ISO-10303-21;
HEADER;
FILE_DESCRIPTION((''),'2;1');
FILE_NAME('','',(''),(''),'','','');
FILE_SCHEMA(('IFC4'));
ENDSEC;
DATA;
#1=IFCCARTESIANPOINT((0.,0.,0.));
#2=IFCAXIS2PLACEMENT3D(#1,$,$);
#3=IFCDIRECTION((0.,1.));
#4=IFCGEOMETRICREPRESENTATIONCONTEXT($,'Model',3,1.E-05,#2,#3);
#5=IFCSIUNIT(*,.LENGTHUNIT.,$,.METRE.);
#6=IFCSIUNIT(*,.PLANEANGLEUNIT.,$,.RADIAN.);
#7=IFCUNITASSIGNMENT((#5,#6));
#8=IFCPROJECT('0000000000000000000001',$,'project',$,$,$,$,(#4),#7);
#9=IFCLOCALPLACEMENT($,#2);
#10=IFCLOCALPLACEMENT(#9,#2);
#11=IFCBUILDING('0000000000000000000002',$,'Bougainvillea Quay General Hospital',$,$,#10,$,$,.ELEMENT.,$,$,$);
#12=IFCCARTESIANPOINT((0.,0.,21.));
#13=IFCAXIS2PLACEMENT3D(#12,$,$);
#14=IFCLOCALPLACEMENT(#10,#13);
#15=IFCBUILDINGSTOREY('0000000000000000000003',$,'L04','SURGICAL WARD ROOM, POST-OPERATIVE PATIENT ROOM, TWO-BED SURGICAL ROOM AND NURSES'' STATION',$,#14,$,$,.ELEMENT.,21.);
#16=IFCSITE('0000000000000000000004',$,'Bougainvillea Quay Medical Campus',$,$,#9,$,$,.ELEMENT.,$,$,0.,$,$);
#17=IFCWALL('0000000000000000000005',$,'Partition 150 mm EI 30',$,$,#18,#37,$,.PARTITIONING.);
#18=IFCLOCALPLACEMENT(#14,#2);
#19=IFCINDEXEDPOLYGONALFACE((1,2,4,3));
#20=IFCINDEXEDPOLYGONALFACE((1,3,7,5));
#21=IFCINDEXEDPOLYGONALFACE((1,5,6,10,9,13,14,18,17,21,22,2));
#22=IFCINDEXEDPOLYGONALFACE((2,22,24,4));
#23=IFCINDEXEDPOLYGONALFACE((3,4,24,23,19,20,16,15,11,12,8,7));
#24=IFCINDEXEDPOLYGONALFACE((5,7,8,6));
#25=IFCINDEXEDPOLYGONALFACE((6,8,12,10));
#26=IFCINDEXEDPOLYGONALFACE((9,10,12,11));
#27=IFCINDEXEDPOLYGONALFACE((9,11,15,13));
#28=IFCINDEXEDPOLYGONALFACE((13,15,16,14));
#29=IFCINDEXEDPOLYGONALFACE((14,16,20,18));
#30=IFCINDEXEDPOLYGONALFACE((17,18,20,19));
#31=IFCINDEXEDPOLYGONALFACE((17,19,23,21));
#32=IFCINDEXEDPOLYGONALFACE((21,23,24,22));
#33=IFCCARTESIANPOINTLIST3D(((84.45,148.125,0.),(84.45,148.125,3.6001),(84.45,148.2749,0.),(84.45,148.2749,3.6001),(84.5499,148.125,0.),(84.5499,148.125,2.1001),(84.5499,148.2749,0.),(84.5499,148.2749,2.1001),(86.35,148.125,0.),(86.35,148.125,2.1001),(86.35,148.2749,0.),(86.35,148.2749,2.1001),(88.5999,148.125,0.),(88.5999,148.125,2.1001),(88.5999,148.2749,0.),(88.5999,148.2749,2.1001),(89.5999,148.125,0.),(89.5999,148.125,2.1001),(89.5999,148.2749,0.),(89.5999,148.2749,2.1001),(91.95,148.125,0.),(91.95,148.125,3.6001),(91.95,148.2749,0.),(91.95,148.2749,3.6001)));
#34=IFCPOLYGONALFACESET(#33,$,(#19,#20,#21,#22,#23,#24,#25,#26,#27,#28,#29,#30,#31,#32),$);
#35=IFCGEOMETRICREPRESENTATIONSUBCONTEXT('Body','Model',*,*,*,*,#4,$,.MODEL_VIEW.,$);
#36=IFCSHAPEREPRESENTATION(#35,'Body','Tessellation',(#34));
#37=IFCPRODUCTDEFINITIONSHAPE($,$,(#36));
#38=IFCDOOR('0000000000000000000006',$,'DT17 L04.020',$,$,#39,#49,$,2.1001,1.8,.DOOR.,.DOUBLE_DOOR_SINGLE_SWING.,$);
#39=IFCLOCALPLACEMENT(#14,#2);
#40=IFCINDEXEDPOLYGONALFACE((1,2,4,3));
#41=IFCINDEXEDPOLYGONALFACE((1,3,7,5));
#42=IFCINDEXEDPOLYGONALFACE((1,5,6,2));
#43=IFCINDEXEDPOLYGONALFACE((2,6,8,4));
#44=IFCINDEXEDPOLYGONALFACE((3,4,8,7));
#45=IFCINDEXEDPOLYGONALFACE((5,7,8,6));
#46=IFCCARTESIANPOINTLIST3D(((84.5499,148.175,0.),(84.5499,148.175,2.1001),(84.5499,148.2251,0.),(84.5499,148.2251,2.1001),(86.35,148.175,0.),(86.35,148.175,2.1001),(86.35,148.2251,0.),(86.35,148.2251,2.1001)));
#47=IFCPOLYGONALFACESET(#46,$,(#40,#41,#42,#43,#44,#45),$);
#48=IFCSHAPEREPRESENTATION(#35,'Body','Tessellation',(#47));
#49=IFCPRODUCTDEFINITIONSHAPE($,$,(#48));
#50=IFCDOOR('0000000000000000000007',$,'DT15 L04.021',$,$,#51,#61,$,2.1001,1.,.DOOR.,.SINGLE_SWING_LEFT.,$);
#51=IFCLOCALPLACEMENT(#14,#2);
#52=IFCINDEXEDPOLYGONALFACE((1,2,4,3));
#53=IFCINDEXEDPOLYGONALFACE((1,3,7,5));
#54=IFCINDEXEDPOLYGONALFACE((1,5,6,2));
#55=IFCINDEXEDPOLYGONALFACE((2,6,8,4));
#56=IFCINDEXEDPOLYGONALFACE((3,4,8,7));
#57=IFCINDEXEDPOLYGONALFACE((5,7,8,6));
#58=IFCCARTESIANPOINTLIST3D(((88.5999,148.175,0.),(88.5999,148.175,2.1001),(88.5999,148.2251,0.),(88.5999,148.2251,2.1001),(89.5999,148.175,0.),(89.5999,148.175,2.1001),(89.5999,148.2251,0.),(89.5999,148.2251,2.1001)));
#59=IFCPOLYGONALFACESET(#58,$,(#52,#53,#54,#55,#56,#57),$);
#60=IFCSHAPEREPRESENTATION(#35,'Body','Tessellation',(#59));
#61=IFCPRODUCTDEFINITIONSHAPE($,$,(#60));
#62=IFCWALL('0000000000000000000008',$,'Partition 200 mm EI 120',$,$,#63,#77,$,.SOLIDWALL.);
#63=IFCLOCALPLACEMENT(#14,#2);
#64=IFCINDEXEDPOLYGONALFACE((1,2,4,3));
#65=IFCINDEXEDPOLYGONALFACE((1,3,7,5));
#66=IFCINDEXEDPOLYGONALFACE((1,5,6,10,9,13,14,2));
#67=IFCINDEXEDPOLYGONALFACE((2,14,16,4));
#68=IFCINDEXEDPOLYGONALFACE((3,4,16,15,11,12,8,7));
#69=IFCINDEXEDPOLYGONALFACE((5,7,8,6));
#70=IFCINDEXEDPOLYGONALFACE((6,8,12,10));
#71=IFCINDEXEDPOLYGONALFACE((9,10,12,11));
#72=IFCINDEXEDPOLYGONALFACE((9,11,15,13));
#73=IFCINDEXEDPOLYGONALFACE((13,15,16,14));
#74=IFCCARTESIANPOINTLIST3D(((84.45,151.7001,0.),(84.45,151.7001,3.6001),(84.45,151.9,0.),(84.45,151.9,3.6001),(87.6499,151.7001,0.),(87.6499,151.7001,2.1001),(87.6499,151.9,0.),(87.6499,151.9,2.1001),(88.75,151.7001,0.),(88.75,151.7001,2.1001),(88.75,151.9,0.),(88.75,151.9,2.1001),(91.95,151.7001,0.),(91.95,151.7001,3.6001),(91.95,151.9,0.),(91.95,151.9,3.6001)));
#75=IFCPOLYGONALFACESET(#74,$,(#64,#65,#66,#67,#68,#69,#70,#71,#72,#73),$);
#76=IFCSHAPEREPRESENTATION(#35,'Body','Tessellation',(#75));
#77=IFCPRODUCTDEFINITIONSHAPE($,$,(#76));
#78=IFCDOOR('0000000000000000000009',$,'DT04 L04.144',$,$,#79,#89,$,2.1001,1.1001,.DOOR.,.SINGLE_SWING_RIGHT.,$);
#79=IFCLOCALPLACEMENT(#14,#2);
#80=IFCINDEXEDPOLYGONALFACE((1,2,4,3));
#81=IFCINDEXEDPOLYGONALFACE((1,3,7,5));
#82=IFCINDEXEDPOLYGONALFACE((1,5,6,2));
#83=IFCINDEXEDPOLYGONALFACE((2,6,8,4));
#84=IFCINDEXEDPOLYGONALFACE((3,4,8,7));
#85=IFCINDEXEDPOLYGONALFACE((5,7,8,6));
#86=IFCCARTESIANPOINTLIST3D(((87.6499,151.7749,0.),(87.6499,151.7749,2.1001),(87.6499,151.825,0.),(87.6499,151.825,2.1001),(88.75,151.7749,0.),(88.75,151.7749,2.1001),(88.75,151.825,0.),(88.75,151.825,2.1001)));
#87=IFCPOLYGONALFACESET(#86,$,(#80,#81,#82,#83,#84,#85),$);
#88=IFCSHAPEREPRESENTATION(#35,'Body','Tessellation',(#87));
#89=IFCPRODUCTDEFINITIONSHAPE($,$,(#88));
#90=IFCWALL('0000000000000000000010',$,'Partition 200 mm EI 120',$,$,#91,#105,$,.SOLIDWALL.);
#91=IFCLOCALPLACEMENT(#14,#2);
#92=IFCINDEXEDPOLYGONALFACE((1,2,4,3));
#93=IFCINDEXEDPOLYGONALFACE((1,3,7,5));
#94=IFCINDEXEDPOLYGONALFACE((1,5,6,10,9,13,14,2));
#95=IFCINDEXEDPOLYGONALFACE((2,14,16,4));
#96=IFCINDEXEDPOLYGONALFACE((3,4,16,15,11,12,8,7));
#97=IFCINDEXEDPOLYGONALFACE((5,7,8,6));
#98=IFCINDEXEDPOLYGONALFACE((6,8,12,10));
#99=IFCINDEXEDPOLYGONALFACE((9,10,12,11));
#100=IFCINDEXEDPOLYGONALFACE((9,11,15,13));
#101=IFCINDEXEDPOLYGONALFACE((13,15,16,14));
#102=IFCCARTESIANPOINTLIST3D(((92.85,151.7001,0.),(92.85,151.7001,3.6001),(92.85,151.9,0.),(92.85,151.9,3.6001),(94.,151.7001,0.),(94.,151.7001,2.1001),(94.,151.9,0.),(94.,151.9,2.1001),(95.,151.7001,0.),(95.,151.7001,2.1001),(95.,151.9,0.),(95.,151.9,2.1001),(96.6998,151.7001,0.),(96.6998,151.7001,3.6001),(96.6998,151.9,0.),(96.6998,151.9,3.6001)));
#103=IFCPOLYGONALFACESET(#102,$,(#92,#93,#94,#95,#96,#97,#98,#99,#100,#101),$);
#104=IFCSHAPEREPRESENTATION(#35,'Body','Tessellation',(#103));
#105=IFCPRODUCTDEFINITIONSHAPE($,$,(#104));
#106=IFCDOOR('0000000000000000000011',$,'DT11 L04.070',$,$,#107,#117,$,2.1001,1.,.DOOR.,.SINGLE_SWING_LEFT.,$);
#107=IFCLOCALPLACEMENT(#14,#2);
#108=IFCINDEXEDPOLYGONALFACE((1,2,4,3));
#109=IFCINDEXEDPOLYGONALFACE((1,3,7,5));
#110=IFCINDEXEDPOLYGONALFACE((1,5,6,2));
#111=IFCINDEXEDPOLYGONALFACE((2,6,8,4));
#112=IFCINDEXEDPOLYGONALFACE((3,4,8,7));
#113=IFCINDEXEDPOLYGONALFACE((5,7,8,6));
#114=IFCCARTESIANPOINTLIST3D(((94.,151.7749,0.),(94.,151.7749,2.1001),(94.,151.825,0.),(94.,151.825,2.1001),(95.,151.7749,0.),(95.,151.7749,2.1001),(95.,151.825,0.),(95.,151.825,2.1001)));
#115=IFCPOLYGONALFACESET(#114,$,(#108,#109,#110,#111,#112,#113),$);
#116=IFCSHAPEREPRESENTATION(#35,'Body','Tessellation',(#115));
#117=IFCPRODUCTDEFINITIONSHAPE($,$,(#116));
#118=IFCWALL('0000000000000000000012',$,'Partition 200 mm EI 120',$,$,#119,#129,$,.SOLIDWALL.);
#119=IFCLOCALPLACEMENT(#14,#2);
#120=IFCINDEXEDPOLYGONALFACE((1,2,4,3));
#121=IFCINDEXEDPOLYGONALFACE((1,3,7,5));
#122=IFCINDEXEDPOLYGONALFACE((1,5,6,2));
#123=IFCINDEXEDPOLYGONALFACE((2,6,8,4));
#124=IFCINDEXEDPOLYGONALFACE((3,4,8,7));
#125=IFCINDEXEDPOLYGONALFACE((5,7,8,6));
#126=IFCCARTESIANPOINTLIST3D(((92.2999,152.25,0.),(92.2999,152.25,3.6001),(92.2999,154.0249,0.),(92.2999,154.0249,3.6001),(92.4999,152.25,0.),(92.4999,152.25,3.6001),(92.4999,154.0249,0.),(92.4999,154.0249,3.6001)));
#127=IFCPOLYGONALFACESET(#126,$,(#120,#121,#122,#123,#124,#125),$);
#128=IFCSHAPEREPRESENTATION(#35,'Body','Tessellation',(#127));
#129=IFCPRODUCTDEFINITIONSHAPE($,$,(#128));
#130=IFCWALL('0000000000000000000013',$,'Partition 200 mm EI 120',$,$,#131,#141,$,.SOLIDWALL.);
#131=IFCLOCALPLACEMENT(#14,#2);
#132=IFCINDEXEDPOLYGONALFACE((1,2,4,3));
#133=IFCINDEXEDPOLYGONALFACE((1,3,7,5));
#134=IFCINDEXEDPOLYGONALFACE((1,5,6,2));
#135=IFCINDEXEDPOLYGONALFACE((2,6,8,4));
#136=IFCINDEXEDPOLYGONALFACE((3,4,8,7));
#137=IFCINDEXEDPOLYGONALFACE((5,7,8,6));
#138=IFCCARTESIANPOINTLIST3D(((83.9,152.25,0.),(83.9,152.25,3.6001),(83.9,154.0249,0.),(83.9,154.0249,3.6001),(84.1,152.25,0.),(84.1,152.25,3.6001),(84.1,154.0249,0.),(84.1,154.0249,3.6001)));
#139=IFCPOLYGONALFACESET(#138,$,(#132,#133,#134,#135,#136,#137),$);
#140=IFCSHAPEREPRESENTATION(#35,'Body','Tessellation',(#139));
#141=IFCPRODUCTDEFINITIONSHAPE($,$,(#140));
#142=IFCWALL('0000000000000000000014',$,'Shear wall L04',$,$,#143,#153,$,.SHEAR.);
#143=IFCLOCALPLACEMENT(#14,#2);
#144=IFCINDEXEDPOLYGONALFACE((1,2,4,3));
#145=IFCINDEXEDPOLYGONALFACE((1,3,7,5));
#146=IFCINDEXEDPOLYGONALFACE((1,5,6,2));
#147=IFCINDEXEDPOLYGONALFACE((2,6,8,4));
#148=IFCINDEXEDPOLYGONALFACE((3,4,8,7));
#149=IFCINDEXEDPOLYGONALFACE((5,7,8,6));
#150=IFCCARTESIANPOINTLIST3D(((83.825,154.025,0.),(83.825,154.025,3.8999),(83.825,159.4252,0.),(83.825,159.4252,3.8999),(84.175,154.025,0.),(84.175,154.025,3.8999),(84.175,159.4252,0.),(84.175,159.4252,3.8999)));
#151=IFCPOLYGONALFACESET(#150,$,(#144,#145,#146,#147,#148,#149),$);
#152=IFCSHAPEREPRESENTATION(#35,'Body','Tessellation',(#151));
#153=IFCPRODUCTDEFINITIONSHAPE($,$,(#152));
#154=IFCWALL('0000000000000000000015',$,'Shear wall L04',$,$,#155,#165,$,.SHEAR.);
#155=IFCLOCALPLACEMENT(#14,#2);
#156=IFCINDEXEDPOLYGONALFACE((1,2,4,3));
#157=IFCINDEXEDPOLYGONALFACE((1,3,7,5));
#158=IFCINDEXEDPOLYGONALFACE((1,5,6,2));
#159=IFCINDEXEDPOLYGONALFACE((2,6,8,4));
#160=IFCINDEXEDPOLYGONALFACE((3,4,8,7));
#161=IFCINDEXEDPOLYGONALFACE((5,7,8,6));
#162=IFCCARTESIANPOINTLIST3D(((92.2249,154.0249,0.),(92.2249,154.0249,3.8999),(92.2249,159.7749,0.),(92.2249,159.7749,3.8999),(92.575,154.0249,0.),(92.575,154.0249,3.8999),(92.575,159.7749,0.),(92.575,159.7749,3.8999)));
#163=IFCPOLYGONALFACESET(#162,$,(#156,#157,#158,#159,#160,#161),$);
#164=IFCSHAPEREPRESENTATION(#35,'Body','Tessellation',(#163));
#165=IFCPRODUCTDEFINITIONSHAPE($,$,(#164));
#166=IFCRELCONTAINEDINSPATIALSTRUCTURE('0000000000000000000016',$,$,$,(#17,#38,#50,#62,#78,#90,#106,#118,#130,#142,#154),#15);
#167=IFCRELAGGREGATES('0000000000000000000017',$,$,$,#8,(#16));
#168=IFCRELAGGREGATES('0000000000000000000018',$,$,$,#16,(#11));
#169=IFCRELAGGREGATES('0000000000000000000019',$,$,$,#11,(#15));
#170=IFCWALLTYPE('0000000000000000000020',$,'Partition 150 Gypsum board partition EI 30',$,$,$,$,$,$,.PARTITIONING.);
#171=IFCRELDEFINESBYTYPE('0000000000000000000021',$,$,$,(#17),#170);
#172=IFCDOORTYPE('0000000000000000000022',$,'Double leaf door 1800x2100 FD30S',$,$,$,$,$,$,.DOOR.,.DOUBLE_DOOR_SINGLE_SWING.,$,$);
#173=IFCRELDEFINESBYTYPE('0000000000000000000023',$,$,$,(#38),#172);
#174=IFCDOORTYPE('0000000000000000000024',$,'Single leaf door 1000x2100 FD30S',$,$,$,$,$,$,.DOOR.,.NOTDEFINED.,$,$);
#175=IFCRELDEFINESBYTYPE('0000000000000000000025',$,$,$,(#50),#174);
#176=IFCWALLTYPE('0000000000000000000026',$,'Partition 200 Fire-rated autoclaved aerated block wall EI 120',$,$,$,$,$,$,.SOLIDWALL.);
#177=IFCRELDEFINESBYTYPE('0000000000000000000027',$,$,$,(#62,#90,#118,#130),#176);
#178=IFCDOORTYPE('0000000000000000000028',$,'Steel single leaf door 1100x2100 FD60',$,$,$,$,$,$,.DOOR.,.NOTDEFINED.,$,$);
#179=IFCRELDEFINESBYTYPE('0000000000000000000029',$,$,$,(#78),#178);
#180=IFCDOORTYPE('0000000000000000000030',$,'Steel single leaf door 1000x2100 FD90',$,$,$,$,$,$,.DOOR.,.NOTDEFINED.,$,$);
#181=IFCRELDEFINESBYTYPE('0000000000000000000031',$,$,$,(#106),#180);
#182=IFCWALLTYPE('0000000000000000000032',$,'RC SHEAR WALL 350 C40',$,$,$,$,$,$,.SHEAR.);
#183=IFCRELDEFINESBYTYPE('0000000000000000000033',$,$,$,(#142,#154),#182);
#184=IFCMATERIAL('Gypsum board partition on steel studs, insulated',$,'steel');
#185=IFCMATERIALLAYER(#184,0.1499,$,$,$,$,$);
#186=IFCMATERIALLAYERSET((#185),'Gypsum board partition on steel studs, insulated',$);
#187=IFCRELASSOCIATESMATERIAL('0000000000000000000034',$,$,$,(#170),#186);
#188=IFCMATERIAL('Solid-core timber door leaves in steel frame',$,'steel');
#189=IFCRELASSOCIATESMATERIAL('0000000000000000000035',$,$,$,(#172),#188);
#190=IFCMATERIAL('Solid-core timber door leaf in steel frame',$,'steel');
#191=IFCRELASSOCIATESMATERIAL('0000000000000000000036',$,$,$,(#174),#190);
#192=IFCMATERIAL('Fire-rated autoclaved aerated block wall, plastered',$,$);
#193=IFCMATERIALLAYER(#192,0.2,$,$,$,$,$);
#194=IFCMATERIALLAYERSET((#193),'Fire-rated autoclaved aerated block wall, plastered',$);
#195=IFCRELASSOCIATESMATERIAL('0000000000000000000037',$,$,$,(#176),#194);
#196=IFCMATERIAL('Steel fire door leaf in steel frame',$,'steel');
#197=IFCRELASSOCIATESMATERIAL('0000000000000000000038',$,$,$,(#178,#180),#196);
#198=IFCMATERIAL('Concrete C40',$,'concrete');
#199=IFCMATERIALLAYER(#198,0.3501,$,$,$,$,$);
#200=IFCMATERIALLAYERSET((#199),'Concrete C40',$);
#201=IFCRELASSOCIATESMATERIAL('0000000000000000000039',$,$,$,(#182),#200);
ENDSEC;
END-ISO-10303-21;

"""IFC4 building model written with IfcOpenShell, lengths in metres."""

from ifc_helpers import new_model, si_unit, direction, frame, frame_2d, origin, place, context, subcontext, project, spatial, rectangle, extrude, material, layer, layer_set, type_object, element, fill, save


model = new_model("IFC4")

# Units and contexts
model_context = context("Model", 3, precision=1e-05, world=origin(), true_north=direction((0.0, 1.0)))
body_context = subcontext(model_context, "Body", "Model", "MODEL_VIEW")
ifc_project = project(units=[si_unit("LENGTHUNIT", "METRE"), si_unit("PLANEANGLEUNIT", "RADIAN")], contexts=[model_context])

# Site, building, storey
site_placement = place(None, origin())
site = spatial("IfcSite", under=ifc_project, at=site_placement, Name="Bougainvillea Quay Medical Campus", CompositionType="ELEMENT", RefElevation=0.0)
building_placement = place(site_placement, origin())
building = spatial("IfcBuilding", under=site, at=building_placement, Name="Bougainvillea Quay General Hospital", CompositionType="ELEMENT")
storey_placement = place(building_placement, frame((0.0, 0.0, 21.0)))
storey = spatial("IfcBuildingStorey", under=building, at=storey_placement, Name="L04", Description="SURGICAL WARD ROOM, POST-OPERATIVE PATIENT ROOM, TWO-BED SURGICAL ROOM AND NURSES' STATION", CompositionType="ELEMENT", Elevation=21.0)

# Shared definitions
ifc_material_1 = material(Name="Concrete C40", Category="concrete")

# Shared definitions
ifc_material_2 = material(Name="Gypsum board partition on steel studs, insulated", Category="steel")

# Shared definitions
ifc_material_3 = material(Name="Solid-core timber door leaf in steel frame", Category="steel")

# Wall, openings, doors
ifc_layer_1 = layer(ifc_material_2, 0.1499)
ifc_layer_set_1 = layer_set([ifc_layer_1], Name="Gypsum board partition on steel studs, insulated")
wall_type_1 = type_object("IfcWallType", Name="Partition 150 Gypsum board partition EI 30", PredefinedType="PARTITIONING", material=ifc_layer_set_1)
wall_1_placement = place(storey_placement, frame((91.95, 148.2, 0.0), z_axis=(0.0, 0.0, 1.0), x_axis=(-1.0, 0.0, 0.0)))
wall_1 = element("IfcWall", 1, at=wall_1_placement, inside=storey, type_object=wall_type_1, Name="Partition 150 mm EI 30", PredefinedType="PARTITIONING", context=body_context, shape_type="SweptSolid", body=[
    extrude(rectangle(XDim=7.5, YDim=0.1499, at=frame_2d((3.75, 0.0))), origin(), (0.0, 0.0, 1.0), 3.6001),
])
opening_1_placement = place(wall_1_placement, frame((5.6001, 0.0, 0.0)))
opening_1 = element("IfcOpeningElement", 2, at=opening_1_placement, cuts=wall_1, PredefinedType="OPENING", context=body_context, shape_type="SweptSolid", body=[
    extrude(rectangle(XDim=1.8, YDim=2.1001, at=frame_2d((0.8999, 1.05))), frame((0.0, 0.085, 0.0), z_axis=(0.0, -1.0, 0.0), x_axis=(1.0, 0.0, 0.0)), (0.0, 0.0, 1.0), 0.1699),
])
opening_2_placement = place(wall_1_placement, frame((2.3501, 0.0, 0.0)))
opening_2 = element("IfcOpeningElement", 3, at=opening_2_placement, cuts=wall_1, PredefinedType="OPENING", context=body_context, shape_type="SweptSolid", body=[
    extrude(rectangle(XDim=1.0, YDim=2.1001, at=frame_2d((0.5, 1.05))), frame((0.0, 0.085, 0.0), z_axis=(0.0, -1.0, 0.0), x_axis=(1.0, 0.0, 0.0)), (0.0, 0.0, 1.0), 0.1699),
])
ifc_material_4 = material(Name="Solid-core timber door leaves in steel frame", Category="steel")
door_type_1 = type_object("IfcDoorType", Name="Double leaf door 1800x2100 FD30S", OperationType="DOUBLE_DOOR_SINGLE_SWING", PredefinedType="DOOR", material=ifc_material_4)
door_1_placement = place(opening_1_placement, origin())
door_1 = element("IfcDoor", 4, at=door_1_placement, inside=storey, type_object=door_type_1, Name="DT17 L04.020", OperationType="DOUBLE_DOOR_SINGLE_SWING", OverallHeight=2.1001, OverallWidth=1.8, PredefinedType="DOOR", context=body_context, shape_type="SweptSolid", body=[
    extrude(rectangle(XDim=1.8, YDim=2.1001, at=frame_2d((0.8999, 1.05))), frame((0.0, 0.0249, 0.0), z_axis=(0.0, -1.0, 0.0), x_axis=(1.0, 0.0, 0.0)), (0.0, 0.0, 1.0), 0.05),
])
fill(opening_1, door_1)
door_type_2 = type_object("IfcDoorType", Name="Single leaf door 1000x2100 FD30S", OperationType="NOTDEFINED", PredefinedType="DOOR", material=ifc_material_3)
door_2_placement = place(opening_2_placement, origin())
door_2 = element("IfcDoor", 5, at=door_2_placement, inside=storey, type_object=door_type_2, Name="DT15 L04.021", OperationType="SINGLE_SWING_LEFT", OverallHeight=2.1001, OverallWidth=1.0, PredefinedType="DOOR", context=body_context, shape_type="SweptSolid", body=[
    extrude(rectangle(XDim=1.0, YDim=2.1001, at=frame_2d((0.5, 1.05))), frame((0.0, 0.0249, 0.0), z_axis=(0.0, -1.0, 0.0), x_axis=(1.0, 0.0, 0.0)), (0.0, 0.0, 1.0), 0.05),
])
fill(opening_2, door_2)

# Walls, openings, doors
ifc_material_5 = material(Name="Fire-rated autoclaved aerated block wall, plastered")
ifc_layer_2 = layer(ifc_material_5, 0.2)
ifc_layer_set_2 = layer_set([ifc_layer_2], Name="Fire-rated autoclaved aerated block wall, plastered")
wall_type_2 = type_object("IfcWallType", Name="Partition 200 Fire-rated autoclaved aerated block wall EI 120", PredefinedType="SOLIDWALL", material=ifc_layer_set_2)
wall_2_placement = place(storey_placement, frame((84.45, 151.8, 0.0), z_axis=(0.0, 0.0, 1.0), x_axis=(1.0, 0.0, 0.0)))
wall_2 = element("IfcWall", 6, at=wall_2_placement, inside=storey, type_object=wall_type_2, Name="Partition 200 mm EI 120", PredefinedType="SOLIDWALL", context=body_context, shape_type="SweptSolid", body=[
    extrude(rectangle(XDim=7.5, YDim=0.2, at=frame_2d((3.75, 0.0))), origin(), (0.0, 0.0, 1.0), 3.6001),
])
opening_3_placement = place(wall_2_placement, frame((3.2, 0.0, 0.0)))
opening_3 = element("IfcOpeningElement", 7, at=opening_3_placement, cuts=wall_2, PredefinedType="OPENING", context=body_context, shape_type="SweptSolid", body=[
    extrude(rectangle(XDim=1.1001, YDim=2.1001, at=frame_2d((0.55, 1.05))), frame((0.0, 0.1099, 0.0), z_axis=(0.0, -1.0, 0.0), x_axis=(1.0, 0.0, 0.0)), (0.0, 0.0, 1.0), 0.22),
])
ifc_material_6 = material(Name="Steel fire door leaf in steel frame", Category="steel")
door_type_3 = type_object("IfcDoorType", Name="Steel single leaf door 1100x2100 FD60", OperationType="NOTDEFINED", PredefinedType="DOOR", material=ifc_material_6)
door_3_placement = place(opening_3_placement, origin())
door_3 = element("IfcDoor", 8, at=door_3_placement, inside=storey, type_object=door_type_3, Name="DT04 L04.144", OperationType="SINGLE_SWING_RIGHT", OverallHeight=2.1001, OverallWidth=1.1001, PredefinedType="DOOR", context=body_context, shape_type="SweptSolid", body=[
    extrude(rectangle(XDim=1.1001, YDim=2.1001, at=frame_2d((0.55, 1.05))), frame((0.0, 0.0249, 0.0), z_axis=(0.0, -1.0, 0.0), x_axis=(1.0, 0.0, 0.0)), (0.0, 0.0, 1.0), 0.05),
])
fill(opening_3, door_3)
wall_3_placement = place(storey_placement, frame((92.8501, 151.8, 0.0), z_axis=(0.0, 0.0, 1.0), x_axis=(1.0, 0.0, 0.0)))
wall_3 = element("IfcWall", 9, at=wall_3_placement, inside=storey, type_object=wall_type_2, Name="Partition 200 mm EI 120", PredefinedType="SOLIDWALL", context=body_context, shape_type="SweptSolid", body=[
    extrude(rectangle(XDim=3.8499, YDim=0.2, at=frame_2d((1.9248, 0.0))), origin(), (0.0, 0.0, 1.0), 3.6001),
])
opening_4_placement = place(wall_3_placement, frame((1.1499, 0.0, 0.0)))
opening_4 = element("IfcOpeningElement", 10, at=opening_4_placement, cuts=wall_3, PredefinedType="OPENING", context=body_context, shape_type="SweptSolid", body=[
    extrude(rectangle(XDim=1.0, YDim=2.1001, at=frame_2d((0.5, 1.05))), frame((0.0, 0.1099, 0.0), z_axis=(0.0, -1.0, 0.0), x_axis=(1.0, 0.0, 0.0)), (0.0, 0.0, 1.0), 0.22),
])
door_type_4 = type_object("IfcDoorType", Name="Steel single leaf door 1000x2100 FD90", OperationType="NOTDEFINED", PredefinedType="DOOR", material=ifc_material_6)
door_4_placement = place(opening_4_placement, origin())
door_4 = element("IfcDoor", 11, at=door_4_placement, inside=storey, type_object=door_type_4, Name="DT11 L04.070", OperationType="SINGLE_SWING_LEFT", OverallHeight=2.1001, OverallWidth=1.0, PredefinedType="DOOR", context=body_context, shape_type="SweptSolid", body=[
    extrude(rectangle(XDim=1.0, YDim=2.1001, at=frame_2d((0.5, 1.05))), frame((0.0, 0.0249, 0.0), z_axis=(0.0, -1.0, 0.0), x_axis=(1.0, 0.0, 0.0)), (0.0, 0.0, 1.0), 0.05),
])
fill(opening_4, door_4)

# Walls
for number, where, z_axis, x_axis, name in (
    (12, (92.3999, 152.25, 0.0), (0.0, 0.0, 1.0), (0.0, 1.0, 0.0), "Partition 200 mm EI 120"),
    (13, (84.0, 152.25, 0.0), (0.0, 0.0, 1.0), (0.0, 1.0, 0.0), "Partition 200 mm EI 120"),
):
    element("IfcWall", number, at=place(storey_placement, frame(where, z_axis=z_axis, x_axis=x_axis)), inside=storey, type_object=wall_type_2, Name=name, PredefinedType="SOLIDWALL", context=body_context, shape_type="SweptSolid", body=[
        extrude(rectangle(XDim=1.7749, YDim=0.2, at=frame_2d((0.8875, 0.0))), origin(), (0.0, 0.0, 1.0), 3.6001),
    ])
ifc_layer_3 = layer(ifc_material_1, 0.3501)
ifc_layer_set_3 = layer_set([ifc_layer_3], Name="Concrete C40")
wall_type_3 = type_object("IfcWallType", Name="RC SHEAR WALL 350 C40", PredefinedType="SHEAR", material=ifc_layer_set_3)
wall_4_placement = place(storey_placement, frame((84.0, 154.0249, 0.0), z_axis=(0.0, 0.0, 1.0), x_axis=(0.0, 1.0, 0.0)))
element("IfcWall", 14, at=wall_4_placement, inside=storey, type_object=wall_type_3, Name="Shear wall L04", PredefinedType="SHEAR", context=body_context, shape_type="SweptSolid", body=[
    extrude(rectangle(XDim=5.4001, YDim=0.3501, at=frame_2d((2.7002, 0.0))), origin(), (0.0, 0.0, 1.0), 3.8999),
])
wall_5_placement = place(storey_placement, frame((92.3999, 154.0249, 0.0), z_axis=(0.0, 0.0, 1.0), x_axis=(0.0, 1.0, 0.0)))
element("IfcWall", 15, at=wall_5_placement, inside=storey, type_object=wall_type_3, Name="Shear wall L04", PredefinedType="SHEAR", context=body_context, shape_type="SweptSolid", body=[
    extrude(rectangle(XDim=5.75, YDim=0.3501, at=frame_2d((2.875, 0.0))), origin(), (0.0, 0.0, 1.0), 3.8999),
])

save(model, "model.ifc")
